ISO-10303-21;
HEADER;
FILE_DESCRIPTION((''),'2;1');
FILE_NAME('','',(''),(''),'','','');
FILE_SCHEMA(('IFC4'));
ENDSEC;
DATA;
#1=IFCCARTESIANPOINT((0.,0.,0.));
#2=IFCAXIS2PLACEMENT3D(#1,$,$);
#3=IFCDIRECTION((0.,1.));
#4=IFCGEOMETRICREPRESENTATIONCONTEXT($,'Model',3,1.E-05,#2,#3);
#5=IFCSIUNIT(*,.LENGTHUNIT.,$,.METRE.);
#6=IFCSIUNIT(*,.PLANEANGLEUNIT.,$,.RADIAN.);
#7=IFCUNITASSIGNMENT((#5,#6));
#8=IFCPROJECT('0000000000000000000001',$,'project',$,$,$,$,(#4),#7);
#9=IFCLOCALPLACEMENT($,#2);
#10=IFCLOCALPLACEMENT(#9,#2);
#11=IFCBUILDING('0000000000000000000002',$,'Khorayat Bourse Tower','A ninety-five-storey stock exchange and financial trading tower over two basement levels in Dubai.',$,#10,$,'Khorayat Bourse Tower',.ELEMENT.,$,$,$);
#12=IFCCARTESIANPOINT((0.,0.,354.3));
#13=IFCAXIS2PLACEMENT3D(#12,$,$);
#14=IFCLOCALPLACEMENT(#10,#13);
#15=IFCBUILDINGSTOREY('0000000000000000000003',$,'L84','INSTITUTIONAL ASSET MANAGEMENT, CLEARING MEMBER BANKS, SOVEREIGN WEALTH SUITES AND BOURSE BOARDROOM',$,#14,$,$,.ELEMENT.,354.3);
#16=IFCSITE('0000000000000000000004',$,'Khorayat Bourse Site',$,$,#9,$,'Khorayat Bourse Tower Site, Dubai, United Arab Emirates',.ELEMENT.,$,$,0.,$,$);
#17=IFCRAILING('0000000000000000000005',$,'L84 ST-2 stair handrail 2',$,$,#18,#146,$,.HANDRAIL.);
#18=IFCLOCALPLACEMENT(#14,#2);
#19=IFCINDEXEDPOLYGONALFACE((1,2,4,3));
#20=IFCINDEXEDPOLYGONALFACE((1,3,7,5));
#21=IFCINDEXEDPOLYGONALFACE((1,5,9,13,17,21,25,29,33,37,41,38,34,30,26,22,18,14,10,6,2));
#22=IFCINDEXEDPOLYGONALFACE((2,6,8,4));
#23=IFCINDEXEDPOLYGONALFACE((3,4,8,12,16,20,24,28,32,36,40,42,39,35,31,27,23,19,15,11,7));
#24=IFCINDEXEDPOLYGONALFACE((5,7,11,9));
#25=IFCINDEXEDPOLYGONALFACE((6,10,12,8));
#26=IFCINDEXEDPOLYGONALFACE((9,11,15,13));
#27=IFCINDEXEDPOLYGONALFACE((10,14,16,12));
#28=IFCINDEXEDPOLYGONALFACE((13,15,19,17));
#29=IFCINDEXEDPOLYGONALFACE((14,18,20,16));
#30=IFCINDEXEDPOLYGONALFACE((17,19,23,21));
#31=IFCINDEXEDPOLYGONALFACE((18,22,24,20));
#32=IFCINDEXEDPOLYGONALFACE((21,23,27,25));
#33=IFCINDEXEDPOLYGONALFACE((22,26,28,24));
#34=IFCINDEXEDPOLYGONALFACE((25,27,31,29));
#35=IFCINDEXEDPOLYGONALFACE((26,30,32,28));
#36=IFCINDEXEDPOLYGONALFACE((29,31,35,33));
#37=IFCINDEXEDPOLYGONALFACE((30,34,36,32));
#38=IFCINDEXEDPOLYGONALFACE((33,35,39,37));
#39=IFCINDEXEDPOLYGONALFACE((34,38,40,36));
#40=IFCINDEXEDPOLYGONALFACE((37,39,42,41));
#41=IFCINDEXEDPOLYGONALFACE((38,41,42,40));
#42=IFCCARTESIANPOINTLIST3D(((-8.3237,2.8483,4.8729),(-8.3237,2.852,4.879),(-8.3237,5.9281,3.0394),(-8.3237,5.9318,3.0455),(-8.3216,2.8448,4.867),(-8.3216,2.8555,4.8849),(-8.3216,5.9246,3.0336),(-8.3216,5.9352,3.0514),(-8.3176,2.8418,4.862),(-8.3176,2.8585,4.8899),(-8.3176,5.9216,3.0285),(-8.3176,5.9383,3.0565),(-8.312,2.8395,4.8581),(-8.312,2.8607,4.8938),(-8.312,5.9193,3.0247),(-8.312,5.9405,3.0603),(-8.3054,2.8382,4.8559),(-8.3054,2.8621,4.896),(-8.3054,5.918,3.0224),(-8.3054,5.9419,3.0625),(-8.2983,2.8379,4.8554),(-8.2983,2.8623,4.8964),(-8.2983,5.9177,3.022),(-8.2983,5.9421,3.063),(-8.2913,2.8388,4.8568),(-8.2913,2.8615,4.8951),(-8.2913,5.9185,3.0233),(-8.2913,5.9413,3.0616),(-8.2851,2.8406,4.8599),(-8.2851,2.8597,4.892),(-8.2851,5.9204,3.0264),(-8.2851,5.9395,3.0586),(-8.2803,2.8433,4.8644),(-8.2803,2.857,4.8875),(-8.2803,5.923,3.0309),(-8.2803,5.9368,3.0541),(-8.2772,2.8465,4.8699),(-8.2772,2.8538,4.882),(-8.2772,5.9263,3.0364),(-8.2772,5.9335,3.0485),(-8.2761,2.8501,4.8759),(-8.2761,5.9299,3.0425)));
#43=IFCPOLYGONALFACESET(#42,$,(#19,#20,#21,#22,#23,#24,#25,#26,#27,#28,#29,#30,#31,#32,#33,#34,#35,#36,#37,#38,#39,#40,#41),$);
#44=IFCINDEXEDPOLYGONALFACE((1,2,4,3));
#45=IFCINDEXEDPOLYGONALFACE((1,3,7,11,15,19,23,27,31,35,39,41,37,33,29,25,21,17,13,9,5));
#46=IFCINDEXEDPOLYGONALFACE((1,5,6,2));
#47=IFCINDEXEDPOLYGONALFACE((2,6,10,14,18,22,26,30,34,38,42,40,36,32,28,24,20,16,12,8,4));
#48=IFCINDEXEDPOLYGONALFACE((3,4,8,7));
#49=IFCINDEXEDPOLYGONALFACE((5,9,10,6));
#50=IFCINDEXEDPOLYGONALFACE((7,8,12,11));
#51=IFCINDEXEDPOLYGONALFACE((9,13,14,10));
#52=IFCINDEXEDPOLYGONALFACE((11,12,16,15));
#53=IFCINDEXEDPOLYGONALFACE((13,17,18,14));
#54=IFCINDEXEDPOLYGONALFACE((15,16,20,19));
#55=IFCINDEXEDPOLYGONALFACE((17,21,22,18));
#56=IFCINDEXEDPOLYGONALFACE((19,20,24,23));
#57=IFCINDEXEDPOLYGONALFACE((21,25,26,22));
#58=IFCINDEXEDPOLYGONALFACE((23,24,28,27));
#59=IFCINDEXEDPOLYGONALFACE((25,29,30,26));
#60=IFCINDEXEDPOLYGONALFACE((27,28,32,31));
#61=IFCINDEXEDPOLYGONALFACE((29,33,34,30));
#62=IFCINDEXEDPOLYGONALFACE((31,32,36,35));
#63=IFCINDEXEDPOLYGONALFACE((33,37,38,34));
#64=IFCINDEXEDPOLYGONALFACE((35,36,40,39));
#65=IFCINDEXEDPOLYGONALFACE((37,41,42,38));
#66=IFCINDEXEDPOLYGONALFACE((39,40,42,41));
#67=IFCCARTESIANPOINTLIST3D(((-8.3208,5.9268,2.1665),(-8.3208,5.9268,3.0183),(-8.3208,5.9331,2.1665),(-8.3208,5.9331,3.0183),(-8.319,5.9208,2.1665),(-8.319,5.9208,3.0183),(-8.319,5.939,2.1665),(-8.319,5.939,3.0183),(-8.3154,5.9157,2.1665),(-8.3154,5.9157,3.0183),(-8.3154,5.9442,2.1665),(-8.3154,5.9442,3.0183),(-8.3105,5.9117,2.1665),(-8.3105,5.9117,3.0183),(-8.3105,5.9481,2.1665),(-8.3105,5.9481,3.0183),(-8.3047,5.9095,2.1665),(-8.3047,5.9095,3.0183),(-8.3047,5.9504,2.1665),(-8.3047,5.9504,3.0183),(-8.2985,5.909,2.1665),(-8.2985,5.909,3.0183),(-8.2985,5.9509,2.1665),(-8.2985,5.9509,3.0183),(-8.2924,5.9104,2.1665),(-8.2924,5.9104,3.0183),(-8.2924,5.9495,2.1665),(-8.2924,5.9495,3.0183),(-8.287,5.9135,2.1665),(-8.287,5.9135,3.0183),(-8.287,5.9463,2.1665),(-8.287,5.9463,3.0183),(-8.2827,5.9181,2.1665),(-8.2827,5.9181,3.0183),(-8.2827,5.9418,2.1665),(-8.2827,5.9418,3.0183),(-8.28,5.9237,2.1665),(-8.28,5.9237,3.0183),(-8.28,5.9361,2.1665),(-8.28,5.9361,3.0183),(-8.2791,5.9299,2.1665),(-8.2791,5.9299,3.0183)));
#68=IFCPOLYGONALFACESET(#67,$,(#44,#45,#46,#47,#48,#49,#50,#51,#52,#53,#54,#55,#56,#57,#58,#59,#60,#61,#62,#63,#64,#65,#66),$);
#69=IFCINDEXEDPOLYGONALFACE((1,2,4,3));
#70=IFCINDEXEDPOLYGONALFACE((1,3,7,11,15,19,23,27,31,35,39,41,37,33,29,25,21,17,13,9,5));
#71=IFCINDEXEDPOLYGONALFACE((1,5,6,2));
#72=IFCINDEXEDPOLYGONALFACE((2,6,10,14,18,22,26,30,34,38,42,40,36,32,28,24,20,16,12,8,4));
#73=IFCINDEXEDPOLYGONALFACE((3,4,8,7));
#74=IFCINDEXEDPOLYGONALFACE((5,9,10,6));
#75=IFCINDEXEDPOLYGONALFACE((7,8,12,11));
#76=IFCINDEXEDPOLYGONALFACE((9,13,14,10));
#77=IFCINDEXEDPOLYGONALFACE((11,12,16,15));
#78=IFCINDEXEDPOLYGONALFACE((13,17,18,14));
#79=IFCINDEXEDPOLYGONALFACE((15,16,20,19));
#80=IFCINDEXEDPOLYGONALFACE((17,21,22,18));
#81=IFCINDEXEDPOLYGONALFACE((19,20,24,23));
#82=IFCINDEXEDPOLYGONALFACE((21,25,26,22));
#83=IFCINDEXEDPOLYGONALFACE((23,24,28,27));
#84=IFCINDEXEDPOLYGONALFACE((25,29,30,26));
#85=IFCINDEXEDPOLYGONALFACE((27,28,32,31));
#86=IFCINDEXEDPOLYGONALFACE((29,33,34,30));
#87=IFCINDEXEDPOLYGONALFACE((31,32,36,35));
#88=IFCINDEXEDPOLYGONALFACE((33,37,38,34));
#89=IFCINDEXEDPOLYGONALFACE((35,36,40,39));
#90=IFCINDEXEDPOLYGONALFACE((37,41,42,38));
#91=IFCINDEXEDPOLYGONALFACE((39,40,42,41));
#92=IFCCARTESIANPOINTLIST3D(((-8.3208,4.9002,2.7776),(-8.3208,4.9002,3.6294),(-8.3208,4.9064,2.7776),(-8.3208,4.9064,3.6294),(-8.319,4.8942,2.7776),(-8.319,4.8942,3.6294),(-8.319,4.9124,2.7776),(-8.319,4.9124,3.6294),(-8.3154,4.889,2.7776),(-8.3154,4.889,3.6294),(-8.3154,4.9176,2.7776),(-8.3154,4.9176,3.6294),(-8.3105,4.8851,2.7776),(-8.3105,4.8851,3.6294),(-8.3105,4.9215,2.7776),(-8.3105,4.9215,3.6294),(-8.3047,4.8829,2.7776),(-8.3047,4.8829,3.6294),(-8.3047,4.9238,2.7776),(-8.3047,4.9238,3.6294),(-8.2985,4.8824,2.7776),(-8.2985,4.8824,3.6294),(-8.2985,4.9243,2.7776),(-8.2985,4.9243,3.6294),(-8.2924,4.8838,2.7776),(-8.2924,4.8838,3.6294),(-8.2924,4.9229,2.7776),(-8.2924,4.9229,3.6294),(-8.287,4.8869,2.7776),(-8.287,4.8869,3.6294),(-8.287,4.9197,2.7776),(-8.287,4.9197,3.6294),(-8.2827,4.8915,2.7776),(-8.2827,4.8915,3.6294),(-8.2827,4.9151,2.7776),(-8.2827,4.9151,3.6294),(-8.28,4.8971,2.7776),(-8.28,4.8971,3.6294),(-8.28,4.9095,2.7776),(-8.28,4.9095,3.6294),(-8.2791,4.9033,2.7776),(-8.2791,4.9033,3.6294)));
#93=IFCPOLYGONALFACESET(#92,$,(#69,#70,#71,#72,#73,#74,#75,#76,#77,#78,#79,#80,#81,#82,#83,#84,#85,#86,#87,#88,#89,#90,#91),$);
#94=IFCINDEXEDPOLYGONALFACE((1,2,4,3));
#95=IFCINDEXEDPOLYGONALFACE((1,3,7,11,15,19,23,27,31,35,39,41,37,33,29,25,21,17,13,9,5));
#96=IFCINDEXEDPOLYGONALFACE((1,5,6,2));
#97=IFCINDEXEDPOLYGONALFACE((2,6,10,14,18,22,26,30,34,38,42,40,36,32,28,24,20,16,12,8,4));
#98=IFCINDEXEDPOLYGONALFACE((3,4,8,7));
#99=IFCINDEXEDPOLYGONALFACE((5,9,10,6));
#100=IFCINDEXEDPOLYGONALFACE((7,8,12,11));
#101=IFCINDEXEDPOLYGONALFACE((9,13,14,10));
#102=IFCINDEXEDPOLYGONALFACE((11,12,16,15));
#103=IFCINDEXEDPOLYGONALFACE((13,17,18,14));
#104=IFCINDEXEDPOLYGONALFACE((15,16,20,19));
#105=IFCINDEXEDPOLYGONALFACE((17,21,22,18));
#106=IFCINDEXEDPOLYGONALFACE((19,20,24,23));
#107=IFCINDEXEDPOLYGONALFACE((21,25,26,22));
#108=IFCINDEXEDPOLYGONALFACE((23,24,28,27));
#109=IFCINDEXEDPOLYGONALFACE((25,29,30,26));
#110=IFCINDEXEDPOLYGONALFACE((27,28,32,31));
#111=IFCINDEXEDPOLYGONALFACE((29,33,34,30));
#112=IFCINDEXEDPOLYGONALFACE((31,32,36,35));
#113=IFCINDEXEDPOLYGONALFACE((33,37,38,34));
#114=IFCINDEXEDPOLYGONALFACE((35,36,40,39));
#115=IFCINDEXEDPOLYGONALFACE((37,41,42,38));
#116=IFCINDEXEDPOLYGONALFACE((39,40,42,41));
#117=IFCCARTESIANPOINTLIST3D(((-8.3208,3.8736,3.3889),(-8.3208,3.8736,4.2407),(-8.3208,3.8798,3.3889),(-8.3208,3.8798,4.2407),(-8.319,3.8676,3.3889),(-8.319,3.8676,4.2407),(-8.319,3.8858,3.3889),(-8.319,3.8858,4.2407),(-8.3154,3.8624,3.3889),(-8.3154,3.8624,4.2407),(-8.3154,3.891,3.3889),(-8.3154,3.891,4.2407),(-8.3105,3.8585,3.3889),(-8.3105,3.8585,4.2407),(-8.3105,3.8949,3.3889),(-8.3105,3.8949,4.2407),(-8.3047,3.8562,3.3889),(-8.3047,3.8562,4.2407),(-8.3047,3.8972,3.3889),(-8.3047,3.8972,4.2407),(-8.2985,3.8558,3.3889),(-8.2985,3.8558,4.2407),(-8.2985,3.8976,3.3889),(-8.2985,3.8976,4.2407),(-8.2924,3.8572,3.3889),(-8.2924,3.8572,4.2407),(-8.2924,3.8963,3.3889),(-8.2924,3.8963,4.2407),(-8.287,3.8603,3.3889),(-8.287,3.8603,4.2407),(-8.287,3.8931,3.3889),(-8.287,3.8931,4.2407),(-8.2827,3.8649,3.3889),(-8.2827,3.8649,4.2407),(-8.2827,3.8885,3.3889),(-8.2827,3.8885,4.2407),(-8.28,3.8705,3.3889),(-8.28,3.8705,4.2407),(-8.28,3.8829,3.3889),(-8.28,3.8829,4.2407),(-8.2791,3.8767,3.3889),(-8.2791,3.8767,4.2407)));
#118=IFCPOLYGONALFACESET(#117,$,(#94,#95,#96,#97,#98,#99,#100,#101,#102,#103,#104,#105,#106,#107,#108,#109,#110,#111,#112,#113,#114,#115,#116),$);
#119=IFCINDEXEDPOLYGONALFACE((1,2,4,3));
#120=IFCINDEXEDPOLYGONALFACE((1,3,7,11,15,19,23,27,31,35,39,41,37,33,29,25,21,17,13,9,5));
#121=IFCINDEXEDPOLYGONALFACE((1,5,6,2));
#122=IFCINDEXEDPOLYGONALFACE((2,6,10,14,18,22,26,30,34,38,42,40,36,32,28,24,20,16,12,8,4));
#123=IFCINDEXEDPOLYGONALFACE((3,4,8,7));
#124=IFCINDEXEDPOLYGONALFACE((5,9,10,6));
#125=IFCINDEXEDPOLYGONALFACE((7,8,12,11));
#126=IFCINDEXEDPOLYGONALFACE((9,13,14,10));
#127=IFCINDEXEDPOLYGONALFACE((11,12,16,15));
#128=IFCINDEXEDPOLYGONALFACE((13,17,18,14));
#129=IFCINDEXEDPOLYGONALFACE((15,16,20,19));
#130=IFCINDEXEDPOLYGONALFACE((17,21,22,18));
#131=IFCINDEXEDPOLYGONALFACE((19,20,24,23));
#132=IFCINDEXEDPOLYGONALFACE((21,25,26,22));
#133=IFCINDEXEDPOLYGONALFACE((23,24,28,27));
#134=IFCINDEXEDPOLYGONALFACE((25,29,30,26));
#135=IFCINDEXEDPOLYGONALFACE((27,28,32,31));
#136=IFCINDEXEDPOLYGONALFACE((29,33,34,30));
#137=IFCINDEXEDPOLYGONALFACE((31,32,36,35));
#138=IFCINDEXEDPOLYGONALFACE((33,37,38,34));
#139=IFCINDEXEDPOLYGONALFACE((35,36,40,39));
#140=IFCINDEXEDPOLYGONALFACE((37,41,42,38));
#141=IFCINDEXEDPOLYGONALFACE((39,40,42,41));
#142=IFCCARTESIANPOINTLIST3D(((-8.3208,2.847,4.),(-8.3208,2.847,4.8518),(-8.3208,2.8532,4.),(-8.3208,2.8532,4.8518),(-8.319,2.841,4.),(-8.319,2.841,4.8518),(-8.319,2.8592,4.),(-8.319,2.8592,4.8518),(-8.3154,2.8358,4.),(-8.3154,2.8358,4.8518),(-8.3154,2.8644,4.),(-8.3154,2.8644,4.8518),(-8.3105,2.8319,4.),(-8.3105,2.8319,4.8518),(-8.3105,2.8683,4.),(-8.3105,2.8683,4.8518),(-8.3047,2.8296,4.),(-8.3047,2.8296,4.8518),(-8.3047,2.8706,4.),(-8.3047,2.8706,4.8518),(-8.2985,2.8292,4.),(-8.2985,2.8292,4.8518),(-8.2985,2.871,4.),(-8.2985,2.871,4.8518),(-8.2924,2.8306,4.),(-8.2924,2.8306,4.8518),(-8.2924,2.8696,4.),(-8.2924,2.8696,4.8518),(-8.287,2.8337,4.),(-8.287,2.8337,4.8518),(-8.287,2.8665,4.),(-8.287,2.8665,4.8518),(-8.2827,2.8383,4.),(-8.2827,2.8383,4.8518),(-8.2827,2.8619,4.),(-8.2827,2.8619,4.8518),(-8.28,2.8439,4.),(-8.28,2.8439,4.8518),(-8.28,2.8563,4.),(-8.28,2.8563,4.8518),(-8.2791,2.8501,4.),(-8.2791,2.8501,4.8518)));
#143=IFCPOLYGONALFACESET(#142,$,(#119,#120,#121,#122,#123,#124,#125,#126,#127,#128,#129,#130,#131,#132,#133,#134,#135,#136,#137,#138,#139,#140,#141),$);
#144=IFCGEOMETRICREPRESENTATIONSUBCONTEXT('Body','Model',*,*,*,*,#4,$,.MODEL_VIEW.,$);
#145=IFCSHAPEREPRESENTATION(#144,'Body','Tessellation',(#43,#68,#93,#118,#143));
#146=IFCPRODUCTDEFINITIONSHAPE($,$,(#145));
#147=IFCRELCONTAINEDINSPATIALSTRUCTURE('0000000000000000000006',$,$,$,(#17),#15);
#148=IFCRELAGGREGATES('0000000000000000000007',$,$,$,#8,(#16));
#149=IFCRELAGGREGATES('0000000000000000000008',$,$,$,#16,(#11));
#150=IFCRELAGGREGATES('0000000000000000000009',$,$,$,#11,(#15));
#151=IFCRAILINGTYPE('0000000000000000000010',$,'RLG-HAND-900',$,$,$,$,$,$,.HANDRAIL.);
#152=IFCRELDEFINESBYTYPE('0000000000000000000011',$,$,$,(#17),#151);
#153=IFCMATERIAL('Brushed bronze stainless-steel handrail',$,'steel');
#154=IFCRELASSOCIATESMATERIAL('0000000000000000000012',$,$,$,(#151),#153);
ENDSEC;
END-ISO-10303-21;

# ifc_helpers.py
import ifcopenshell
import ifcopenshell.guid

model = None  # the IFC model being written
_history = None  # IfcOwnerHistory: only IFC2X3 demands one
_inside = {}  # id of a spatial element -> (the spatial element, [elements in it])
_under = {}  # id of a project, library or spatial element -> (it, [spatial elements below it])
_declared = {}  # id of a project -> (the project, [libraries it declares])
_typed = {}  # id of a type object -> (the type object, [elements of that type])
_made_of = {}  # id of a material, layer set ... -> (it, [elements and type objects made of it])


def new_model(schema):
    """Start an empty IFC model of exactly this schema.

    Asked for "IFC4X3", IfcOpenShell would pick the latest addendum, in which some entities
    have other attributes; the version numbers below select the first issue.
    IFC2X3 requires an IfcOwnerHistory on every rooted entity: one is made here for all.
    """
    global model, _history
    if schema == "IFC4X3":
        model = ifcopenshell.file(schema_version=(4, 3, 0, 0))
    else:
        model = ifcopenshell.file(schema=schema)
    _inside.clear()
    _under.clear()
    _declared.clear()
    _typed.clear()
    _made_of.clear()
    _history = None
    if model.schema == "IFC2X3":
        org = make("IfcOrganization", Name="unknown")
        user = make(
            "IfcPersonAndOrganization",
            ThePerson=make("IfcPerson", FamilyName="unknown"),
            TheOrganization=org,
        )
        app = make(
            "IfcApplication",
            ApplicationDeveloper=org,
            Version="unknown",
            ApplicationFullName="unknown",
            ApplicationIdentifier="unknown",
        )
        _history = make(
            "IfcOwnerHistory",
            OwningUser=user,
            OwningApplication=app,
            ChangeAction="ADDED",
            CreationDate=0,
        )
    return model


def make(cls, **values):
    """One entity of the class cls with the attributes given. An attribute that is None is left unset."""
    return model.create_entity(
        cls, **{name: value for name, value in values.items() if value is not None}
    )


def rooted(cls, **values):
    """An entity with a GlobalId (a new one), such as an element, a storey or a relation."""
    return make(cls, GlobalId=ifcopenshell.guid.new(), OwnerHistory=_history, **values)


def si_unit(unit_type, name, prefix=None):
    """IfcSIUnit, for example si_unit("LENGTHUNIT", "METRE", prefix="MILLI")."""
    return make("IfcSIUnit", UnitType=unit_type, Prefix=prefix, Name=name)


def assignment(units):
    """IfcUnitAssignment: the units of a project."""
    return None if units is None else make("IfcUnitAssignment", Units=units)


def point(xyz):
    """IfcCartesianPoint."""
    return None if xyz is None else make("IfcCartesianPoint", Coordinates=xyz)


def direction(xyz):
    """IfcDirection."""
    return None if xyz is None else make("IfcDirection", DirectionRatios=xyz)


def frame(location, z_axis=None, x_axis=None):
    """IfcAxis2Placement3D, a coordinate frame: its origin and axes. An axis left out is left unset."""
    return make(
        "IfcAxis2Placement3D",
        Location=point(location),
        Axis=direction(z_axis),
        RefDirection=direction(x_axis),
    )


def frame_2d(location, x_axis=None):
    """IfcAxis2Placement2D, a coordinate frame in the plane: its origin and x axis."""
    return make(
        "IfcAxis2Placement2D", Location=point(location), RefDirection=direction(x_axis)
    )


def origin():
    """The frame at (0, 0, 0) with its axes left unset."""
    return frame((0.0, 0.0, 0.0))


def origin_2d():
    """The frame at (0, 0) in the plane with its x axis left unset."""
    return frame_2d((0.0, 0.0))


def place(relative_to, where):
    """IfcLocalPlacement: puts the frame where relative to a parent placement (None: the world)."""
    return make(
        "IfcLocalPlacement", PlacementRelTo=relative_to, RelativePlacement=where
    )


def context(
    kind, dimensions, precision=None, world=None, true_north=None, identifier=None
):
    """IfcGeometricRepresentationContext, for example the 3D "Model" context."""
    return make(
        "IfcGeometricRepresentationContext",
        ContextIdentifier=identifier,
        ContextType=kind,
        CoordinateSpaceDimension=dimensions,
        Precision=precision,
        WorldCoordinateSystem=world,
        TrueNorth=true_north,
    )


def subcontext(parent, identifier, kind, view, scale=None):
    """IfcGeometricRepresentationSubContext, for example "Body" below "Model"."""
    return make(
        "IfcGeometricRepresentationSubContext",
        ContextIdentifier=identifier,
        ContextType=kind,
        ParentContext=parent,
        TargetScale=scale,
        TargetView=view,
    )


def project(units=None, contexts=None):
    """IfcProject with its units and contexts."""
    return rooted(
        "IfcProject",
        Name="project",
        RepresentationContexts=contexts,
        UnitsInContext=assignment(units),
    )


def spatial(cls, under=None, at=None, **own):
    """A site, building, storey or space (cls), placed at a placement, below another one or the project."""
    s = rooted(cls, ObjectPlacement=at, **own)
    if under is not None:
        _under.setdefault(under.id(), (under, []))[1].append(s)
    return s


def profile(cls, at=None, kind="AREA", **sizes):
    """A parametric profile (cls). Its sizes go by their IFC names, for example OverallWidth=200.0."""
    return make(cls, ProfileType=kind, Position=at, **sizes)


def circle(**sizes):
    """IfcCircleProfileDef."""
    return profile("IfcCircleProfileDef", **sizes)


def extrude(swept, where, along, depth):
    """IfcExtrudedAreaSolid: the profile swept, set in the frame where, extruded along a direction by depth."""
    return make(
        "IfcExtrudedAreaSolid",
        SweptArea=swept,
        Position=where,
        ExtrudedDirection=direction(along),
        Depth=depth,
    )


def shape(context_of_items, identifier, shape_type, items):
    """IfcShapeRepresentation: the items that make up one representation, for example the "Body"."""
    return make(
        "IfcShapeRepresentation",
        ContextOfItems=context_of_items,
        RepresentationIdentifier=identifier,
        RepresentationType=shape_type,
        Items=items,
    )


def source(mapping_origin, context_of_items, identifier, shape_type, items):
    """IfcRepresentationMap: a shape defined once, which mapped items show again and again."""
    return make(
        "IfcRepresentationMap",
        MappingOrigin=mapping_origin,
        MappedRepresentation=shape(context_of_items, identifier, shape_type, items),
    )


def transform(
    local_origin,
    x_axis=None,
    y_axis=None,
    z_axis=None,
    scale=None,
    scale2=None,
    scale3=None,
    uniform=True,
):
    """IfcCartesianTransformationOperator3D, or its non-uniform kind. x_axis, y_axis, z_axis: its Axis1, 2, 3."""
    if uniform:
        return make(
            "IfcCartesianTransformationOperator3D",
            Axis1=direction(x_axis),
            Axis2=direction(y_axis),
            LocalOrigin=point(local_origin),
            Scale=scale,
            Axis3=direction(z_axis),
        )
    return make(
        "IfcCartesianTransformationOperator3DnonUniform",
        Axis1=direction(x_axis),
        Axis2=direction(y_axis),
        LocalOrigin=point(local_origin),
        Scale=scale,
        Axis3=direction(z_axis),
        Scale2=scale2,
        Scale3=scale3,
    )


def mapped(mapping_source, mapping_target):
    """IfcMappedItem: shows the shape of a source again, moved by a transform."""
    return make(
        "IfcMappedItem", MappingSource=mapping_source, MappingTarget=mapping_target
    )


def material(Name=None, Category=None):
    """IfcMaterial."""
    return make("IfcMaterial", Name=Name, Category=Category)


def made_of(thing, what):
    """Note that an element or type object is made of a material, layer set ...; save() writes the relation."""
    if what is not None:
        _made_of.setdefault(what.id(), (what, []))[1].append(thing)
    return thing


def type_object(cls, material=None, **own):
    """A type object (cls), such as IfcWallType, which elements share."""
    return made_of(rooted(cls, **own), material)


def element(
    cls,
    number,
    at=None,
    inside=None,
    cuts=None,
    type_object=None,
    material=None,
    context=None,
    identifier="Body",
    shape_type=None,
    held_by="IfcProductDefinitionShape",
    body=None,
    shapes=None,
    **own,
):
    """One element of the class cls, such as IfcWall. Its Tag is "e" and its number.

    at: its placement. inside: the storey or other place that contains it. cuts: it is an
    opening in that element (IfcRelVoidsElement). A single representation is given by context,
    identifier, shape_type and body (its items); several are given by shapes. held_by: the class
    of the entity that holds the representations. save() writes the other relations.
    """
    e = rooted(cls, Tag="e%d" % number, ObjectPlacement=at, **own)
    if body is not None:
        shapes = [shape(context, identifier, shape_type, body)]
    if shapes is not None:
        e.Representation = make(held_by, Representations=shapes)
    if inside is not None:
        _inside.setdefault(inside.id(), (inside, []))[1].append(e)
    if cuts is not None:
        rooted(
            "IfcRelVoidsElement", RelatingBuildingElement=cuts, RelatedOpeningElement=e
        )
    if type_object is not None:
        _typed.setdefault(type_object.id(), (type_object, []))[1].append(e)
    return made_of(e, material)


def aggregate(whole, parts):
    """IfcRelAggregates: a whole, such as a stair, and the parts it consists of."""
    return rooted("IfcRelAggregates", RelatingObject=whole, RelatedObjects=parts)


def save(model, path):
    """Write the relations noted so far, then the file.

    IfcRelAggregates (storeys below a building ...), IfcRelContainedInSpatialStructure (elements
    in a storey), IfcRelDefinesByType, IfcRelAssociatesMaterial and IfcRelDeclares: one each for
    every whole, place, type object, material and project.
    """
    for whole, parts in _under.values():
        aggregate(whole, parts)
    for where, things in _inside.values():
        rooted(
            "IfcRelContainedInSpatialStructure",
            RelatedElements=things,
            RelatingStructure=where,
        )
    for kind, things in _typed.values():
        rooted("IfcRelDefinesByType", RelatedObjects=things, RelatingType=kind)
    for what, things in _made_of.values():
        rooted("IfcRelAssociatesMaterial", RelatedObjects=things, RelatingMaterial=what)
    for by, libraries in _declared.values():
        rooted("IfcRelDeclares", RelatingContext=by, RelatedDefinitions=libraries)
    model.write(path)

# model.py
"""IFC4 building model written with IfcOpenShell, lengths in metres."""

from ifc_helpers import new_model, si_unit, direction, frame, origin, origin_2d, place, context, subcontext, project, spatial, circle, extrude, source, transform, mapped, material, type_object, element, save


model = new_model("IFC4")

# Units and contexts
model_context = context("Model", 3, precision=1e-05, world=origin(), true_north=direction((0.0, 1.0)))
body_context = subcontext(model_context, "Body", "Model", "MODEL_VIEW")
ifc_project = project(units=[si_unit("LENGTHUNIT", "METRE"), si_unit("PLANEANGLEUNIT", "RADIAN")], contexts=[model_context])

# Site, building, storey
site_placement = place(None, origin())
site = spatial("IfcSite", under=ifc_project, at=site_placement, Name="Khorayat Bourse Site", LongName="Khorayat Bourse Tower Site, Dubai, United Arab Emirates", CompositionType="ELEMENT", RefElevation=0.0)
building_placement = place(site_placement, origin())
building = spatial("IfcBuilding", under=site, at=building_placement, Name="Khorayat Bourse Tower", Description="A ninety-five-storey stock exchange and financial trading tower over two basement levels in Dubai.", LongName="Khorayat Bourse Tower", CompositionType="ELEMENT")
storey_placement = place(building_placement, frame((0.0, 0.0, 354.3)))
storey = spatial("IfcBuildingStorey", under=building, at=storey_placement, Name="L84", Description="INSTITUTIONAL ASSET MANAGEMENT, CLEARING MEMBER BANKS, SOVEREIGN WEALTH SUITES AND BOURSE BOARDROOM", CompositionType="ELEMENT", Elevation=354.3)

# Railing
ifc_material_1 = material(Name="Brushed bronze stainless-steel handrail", Category="steel")
railing_type_1 = type_object("IfcRailingType", Name="RLG-HAND-900", PredefinedType="HANDRAIL", material=ifc_material_1)
shared_shape_1 = source(origin(), body_context, "Body", "SweptSolid", [
    extrude(circle(Radius=0.0239, at=origin_2d()), frame((0.0, 0.0, 0.876), z_axis=(0.0, -0.859261, 0.511538), x_axis=(1.0, 0.0, 0.0)), (0.0, 0.0, 1.0), 3.5842),
    extrude(circle(Radius=0.021, at=origin_2d()), origin(), (0.0, 0.0, 1.0), 0.8518),
    extrude(circle(Radius=0.021, at=origin_2d()), frame((0.0, -1.0266, 0.6111)), (0.0, 0.0, 1.0), 0.8518),
    extrude(circle(Radius=0.021, at=origin_2d()), frame((0.0, -2.0532, 1.2224)), (0.0, 0.0, 1.0), 0.8518),
    extrude(circle(Radius=0.021, at=origin_2d()), frame((0.0, -3.0798, 1.8335)), (0.0, 0.0, 1.0), 0.8518),
])
railing_1_placement = place(storey_placement, frame((-8.3, 5.9299, 2.1665)))
element("IfcRailing", 1, at=railing_1_placement, inside=storey, type_object=railing_type_1, Name="L84 ST-2 stair handrail 2", PredefinedType="HANDRAIL", context=body_context, shape_type="MappedRepresentation", body=[
    mapped(shared_shape_1, transform((0.0, 0.0, 0.0), scale=1.0)),
])

save(model, "model.ifc")
